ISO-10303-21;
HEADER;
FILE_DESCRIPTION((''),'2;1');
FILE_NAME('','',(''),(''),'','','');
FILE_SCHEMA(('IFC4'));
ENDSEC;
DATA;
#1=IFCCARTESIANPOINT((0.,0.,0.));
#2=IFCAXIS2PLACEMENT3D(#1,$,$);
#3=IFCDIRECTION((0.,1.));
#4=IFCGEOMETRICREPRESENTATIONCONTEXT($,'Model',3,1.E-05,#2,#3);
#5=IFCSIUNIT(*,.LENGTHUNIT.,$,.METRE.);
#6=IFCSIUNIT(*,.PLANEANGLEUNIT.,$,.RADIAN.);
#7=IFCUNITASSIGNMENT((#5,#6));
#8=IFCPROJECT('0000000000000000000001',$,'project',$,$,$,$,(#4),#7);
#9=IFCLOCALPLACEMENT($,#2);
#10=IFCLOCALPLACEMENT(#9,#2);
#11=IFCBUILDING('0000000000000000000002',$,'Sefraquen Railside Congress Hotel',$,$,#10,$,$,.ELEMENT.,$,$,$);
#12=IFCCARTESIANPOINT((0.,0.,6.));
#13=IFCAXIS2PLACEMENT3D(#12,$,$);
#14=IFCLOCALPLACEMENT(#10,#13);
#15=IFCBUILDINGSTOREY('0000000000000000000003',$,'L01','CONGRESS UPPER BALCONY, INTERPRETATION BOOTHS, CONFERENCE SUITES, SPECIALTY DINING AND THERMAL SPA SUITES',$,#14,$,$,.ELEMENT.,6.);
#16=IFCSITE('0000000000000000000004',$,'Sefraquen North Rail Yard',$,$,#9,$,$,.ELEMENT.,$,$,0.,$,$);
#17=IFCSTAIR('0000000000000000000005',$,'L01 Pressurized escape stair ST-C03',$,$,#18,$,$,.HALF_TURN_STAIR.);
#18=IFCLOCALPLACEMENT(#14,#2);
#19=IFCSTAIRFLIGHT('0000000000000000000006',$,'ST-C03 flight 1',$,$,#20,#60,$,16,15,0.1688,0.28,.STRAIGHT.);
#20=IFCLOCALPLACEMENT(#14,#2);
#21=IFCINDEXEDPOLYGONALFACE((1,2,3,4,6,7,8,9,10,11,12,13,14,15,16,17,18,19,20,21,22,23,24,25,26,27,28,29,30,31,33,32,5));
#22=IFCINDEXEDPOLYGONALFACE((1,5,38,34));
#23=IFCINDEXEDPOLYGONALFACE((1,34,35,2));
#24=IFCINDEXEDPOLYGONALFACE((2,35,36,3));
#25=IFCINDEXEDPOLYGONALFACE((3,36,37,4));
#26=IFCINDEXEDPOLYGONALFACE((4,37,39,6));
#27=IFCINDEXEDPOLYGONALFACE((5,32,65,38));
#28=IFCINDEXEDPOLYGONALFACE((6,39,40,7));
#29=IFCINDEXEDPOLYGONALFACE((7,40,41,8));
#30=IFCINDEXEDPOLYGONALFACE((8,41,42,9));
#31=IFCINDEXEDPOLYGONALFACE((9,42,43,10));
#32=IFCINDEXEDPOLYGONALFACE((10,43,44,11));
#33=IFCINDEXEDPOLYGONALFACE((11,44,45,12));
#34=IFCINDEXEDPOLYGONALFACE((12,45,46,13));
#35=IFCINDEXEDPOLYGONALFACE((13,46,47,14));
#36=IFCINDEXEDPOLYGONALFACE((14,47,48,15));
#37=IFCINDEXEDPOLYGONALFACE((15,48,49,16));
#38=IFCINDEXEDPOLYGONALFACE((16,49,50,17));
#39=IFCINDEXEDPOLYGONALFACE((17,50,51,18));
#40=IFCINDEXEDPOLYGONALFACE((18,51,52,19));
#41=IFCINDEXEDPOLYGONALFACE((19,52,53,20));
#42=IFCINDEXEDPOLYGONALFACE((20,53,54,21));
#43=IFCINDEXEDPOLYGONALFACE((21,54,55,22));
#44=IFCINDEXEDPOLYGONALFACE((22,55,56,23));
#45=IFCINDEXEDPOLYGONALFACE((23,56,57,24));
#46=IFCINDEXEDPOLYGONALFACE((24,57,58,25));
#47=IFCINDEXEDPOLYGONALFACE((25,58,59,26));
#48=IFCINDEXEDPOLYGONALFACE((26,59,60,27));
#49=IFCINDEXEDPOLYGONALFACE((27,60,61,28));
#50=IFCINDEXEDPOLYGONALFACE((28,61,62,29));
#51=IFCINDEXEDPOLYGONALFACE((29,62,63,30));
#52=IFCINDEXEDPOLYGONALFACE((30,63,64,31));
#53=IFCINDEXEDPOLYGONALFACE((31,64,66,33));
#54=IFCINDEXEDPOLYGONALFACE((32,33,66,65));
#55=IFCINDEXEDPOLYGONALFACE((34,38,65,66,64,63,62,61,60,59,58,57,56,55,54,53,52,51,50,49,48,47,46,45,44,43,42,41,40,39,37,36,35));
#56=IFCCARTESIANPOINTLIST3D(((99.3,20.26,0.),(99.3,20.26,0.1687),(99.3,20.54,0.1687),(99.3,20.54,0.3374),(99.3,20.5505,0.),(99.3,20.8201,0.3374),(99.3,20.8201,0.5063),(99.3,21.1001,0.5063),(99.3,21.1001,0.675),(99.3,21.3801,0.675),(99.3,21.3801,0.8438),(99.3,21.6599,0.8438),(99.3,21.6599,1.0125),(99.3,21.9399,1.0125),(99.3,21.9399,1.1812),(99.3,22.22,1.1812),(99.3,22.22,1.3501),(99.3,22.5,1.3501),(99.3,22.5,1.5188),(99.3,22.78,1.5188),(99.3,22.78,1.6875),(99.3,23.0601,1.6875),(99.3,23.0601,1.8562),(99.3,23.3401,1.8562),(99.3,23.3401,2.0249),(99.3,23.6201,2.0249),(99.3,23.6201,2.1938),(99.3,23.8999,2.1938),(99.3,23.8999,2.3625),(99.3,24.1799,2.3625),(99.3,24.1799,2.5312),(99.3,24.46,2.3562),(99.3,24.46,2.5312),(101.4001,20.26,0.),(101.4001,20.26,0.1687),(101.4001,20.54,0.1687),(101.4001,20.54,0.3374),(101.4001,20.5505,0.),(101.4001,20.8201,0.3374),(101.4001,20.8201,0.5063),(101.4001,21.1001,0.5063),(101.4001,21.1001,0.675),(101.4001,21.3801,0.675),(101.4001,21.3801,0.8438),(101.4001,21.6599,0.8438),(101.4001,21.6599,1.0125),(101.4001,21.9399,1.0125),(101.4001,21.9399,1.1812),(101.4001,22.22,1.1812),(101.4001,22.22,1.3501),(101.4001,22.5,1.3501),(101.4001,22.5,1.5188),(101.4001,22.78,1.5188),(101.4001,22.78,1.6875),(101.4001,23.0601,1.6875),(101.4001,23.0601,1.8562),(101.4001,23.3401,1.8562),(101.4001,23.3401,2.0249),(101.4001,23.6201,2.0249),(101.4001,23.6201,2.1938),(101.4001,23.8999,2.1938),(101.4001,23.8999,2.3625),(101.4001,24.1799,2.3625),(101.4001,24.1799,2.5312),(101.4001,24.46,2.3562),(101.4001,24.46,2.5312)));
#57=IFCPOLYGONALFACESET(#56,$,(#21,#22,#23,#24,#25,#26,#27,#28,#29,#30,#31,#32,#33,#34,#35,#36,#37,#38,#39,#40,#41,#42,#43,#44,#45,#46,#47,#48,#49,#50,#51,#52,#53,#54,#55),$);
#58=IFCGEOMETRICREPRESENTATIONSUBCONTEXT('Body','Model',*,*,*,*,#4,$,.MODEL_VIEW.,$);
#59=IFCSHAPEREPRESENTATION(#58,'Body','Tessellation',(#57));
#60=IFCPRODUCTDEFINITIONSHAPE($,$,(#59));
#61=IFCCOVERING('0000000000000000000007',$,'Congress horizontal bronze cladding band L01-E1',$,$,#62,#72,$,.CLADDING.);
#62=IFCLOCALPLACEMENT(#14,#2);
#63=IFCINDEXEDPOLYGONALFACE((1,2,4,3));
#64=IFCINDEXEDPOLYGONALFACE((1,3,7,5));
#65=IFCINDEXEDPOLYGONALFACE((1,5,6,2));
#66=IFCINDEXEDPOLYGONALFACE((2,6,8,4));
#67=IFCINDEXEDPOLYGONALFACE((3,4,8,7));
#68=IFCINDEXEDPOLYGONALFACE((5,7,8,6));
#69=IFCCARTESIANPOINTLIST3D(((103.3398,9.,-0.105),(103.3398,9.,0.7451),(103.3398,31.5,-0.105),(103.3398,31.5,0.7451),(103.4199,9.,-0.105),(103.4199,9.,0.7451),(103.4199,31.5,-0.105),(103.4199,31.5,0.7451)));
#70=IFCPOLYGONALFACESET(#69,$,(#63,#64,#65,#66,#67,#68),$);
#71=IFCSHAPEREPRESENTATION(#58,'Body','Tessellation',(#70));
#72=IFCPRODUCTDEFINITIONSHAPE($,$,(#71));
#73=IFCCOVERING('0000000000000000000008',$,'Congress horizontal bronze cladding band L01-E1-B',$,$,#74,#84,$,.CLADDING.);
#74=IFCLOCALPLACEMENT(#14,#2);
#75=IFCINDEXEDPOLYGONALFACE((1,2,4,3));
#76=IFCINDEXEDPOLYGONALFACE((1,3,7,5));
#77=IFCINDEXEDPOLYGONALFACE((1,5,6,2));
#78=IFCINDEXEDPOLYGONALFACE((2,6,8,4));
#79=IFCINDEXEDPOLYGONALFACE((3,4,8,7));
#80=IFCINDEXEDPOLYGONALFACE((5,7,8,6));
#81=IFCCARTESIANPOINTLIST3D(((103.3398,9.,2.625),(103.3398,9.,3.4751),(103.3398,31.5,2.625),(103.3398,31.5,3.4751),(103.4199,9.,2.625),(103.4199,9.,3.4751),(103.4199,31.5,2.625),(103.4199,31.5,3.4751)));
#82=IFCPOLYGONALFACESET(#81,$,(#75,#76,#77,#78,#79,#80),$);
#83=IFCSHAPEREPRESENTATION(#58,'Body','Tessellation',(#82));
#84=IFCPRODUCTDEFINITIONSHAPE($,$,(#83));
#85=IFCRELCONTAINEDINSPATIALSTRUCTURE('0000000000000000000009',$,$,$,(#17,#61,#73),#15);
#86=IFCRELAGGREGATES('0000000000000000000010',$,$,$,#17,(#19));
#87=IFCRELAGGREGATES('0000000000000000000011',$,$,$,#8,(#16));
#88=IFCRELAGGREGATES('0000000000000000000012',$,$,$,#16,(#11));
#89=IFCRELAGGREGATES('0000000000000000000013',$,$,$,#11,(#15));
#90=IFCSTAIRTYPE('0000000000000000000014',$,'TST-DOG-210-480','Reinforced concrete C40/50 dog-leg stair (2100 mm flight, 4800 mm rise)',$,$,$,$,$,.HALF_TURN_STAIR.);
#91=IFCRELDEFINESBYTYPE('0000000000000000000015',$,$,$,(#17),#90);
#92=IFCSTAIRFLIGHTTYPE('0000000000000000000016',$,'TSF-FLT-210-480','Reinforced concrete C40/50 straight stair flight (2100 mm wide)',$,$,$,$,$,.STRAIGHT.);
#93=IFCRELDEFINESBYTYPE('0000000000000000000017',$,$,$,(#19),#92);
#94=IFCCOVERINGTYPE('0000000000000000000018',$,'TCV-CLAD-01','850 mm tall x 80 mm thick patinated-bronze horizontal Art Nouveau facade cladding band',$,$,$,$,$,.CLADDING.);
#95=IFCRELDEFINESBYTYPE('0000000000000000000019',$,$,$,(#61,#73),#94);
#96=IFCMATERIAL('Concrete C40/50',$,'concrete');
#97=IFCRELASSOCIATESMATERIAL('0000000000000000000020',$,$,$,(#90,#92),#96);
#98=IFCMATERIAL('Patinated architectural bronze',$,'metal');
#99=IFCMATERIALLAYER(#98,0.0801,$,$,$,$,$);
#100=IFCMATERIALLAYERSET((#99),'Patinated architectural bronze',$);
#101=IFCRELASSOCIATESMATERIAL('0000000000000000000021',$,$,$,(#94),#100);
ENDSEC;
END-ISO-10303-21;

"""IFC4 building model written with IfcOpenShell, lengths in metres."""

from ifc_helpers import new_model, si_unit, direction, frame, origin, origin_2d, place, context, subcontext, project, spatial, polyline, rectangle, outline, extrude, material, layer, layer_set, type_object, element, aggregate, save


model = new_model("IFC4")

# Units and contexts
model_context = context("Model", 3, precision=1e-05, world=origin(), true_north=direction((0.0, 1.0)))
body_context = subcontext(model_context, "Body", "Model", "MODEL_VIEW")
ifc_project = project(units=[si_unit("LENGTHUNIT", "METRE"), si_unit("PLANEANGLEUNIT", "RADIAN")], contexts=[model_context])

# Site, building, storey
site_placement = place(None, origin())
site = spatial("IfcSite", under=ifc_project, at=site_placement, Name="Sefraquen North Rail Yard", CompositionType="ELEMENT", RefElevation=0.0)
building_placement = place(site_placement, origin())
building = spatial("IfcBuilding", under=site, at=building_placement, Name="Sefraquen Railside Congress Hotel", CompositionType="ELEMENT")
storey_placement = place(building_placement, frame((0.0, 0.0, 6.0)))
storey = spatial("IfcBuildingStorey", under=building, at=storey_placement, Name="L01", Description="CONGRESS UPPER BALCONY, INTERPRETATION BOOTHS, CONFERENCE SUITES, SPECIALTY DINING AND THERMAL SPA SUITES", CompositionType="ELEMENT", Elevation=6.0)

# Stair, stair flight
ifc_material_1 = material(Name="Concrete C40/50", Category="concrete")
stair_type = type_object("IfcStairType", Name="TST-DOG-210-480", Description="Reinforced concrete C40/50 dog-leg stair (2100 mm flight, 4800 mm rise)", PredefinedType="HALF_TURN_STAIR", material=ifc_material_1)
stair_placement = place(storey_placement, origin())
stair = element("IfcStair", 1, at=stair_placement, inside=storey, type_object=stair_type, Name="L01 Pressurized escape stair ST-C03", PredefinedType="HALF_TURN_STAIR")
stair_flight_type = type_object("IfcStairFlightType", Name="TSF-FLT-210-480", Description="Reinforced concrete C40/50 straight stair flight (2100 mm wide)", PredefinedType="STRAIGHT", material=ifc_material_1)
stair_flight_placement = place(storey_placement, frame((100.3501, 20.26, 0.0), z_axis=(0.0, 0.0, 1.0), x_axis=(0.0, 1.0, 0.0)))
stair_flight = element("IfcStairFlight", 2, at=stair_flight_placement, type_object=stair_flight_type, Name="ST-C03 flight 1", NumberOfRisers=16, NumberOfTreads=15, PredefinedType="STRAIGHT", RiserHeight=0.1688, TreadLength=0.28, context=body_context, shape_type="SweptSolid", body=[
    extrude(outline(polyline([(0.0, 0.0), (0.0, 0.1687), (0.28, 0.1687), (0.28, 0.3374), (0.5601, 0.3374), (0.5601, 0.5063), (0.8401, 0.5063), (0.8401, 0.675), (1.1201, 0.675), (1.1201, 0.8438), (1.3999, 0.8438), (1.3999, 1.0125), (1.6799, 1.0125), (1.6799, 1.1812), (1.96, 1.1812), (1.96, 1.3501), (2.24, 1.3501), (2.24, 1.5188), (2.52, 1.5188), (2.52, 1.6875), (2.8, 1.6875), (2.8, 1.8562), (3.0801, 1.8562), (3.0801, 2.0249), (3.3601, 2.0249), (3.3601, 2.1938), (3.6399, 2.1938), (3.6399, 2.3625), (3.9199, 2.3625), (3.9199, 2.5312), (4.2, 2.5312), (4.2, 2.7), (4.2, 2.3562), (0.2905, 0.0), (0.0, 0.0)])), frame((0.0, 1.05, 0.0), z_axis=(0.0, -1.0, 0.0), x_axis=(1.0, 0.0, 0.0)), (0.0, 0.0, 1.0), 2.1001),
])
aggregate(stair, [stair_flight])

# Coverings
ifc_material_2 = material(Name="Patinated architectural bronze", Category="metal")
ifc_layer_1 = layer(ifc_material_2, 0.0801)
ifc_layer_set_1 = layer_set([ifc_layer_1], Name="Patinated architectural bronze")
covering_type = type_object("IfcCoveringType", Name="TCV-CLAD-01", Description="850 mm tall x 80 mm thick patinated-bronze horizontal Art Nouveau facade cladding band", PredefinedType="CLADDING", material=ifc_layer_set_1)
for number, where, z_axis, x_axis, name in (
    (3, (103.3799, 20.25, -0.105), (0.0, 0.0, 1.0), (1.0, 0.0, 0.0), "Congress horizontal bronze cladding band L01-E1"),
    (4, (103.3799, 20.25, 2.625), (0.0, 0.0, 1.0), (1.0, 0.0, 0.0), "Congress horizontal bronze cladding band L01-E1-B"),
):
    element("IfcCovering", number, at=place(storey_placement, frame(where, z_axis=z_axis, x_axis=x_axis)), inside=storey, type_object=covering_type, Name=name, PredefinedType="CLADDING", context=body_context, shape_type="SweptSolid", body=[
        extrude(rectangle(XDim=0.0801, YDim=22.5, at=origin_2d()), origin(), (0.0, 0.0, 1.0), 0.8501),
    ])

save(model, "model.ifc")
